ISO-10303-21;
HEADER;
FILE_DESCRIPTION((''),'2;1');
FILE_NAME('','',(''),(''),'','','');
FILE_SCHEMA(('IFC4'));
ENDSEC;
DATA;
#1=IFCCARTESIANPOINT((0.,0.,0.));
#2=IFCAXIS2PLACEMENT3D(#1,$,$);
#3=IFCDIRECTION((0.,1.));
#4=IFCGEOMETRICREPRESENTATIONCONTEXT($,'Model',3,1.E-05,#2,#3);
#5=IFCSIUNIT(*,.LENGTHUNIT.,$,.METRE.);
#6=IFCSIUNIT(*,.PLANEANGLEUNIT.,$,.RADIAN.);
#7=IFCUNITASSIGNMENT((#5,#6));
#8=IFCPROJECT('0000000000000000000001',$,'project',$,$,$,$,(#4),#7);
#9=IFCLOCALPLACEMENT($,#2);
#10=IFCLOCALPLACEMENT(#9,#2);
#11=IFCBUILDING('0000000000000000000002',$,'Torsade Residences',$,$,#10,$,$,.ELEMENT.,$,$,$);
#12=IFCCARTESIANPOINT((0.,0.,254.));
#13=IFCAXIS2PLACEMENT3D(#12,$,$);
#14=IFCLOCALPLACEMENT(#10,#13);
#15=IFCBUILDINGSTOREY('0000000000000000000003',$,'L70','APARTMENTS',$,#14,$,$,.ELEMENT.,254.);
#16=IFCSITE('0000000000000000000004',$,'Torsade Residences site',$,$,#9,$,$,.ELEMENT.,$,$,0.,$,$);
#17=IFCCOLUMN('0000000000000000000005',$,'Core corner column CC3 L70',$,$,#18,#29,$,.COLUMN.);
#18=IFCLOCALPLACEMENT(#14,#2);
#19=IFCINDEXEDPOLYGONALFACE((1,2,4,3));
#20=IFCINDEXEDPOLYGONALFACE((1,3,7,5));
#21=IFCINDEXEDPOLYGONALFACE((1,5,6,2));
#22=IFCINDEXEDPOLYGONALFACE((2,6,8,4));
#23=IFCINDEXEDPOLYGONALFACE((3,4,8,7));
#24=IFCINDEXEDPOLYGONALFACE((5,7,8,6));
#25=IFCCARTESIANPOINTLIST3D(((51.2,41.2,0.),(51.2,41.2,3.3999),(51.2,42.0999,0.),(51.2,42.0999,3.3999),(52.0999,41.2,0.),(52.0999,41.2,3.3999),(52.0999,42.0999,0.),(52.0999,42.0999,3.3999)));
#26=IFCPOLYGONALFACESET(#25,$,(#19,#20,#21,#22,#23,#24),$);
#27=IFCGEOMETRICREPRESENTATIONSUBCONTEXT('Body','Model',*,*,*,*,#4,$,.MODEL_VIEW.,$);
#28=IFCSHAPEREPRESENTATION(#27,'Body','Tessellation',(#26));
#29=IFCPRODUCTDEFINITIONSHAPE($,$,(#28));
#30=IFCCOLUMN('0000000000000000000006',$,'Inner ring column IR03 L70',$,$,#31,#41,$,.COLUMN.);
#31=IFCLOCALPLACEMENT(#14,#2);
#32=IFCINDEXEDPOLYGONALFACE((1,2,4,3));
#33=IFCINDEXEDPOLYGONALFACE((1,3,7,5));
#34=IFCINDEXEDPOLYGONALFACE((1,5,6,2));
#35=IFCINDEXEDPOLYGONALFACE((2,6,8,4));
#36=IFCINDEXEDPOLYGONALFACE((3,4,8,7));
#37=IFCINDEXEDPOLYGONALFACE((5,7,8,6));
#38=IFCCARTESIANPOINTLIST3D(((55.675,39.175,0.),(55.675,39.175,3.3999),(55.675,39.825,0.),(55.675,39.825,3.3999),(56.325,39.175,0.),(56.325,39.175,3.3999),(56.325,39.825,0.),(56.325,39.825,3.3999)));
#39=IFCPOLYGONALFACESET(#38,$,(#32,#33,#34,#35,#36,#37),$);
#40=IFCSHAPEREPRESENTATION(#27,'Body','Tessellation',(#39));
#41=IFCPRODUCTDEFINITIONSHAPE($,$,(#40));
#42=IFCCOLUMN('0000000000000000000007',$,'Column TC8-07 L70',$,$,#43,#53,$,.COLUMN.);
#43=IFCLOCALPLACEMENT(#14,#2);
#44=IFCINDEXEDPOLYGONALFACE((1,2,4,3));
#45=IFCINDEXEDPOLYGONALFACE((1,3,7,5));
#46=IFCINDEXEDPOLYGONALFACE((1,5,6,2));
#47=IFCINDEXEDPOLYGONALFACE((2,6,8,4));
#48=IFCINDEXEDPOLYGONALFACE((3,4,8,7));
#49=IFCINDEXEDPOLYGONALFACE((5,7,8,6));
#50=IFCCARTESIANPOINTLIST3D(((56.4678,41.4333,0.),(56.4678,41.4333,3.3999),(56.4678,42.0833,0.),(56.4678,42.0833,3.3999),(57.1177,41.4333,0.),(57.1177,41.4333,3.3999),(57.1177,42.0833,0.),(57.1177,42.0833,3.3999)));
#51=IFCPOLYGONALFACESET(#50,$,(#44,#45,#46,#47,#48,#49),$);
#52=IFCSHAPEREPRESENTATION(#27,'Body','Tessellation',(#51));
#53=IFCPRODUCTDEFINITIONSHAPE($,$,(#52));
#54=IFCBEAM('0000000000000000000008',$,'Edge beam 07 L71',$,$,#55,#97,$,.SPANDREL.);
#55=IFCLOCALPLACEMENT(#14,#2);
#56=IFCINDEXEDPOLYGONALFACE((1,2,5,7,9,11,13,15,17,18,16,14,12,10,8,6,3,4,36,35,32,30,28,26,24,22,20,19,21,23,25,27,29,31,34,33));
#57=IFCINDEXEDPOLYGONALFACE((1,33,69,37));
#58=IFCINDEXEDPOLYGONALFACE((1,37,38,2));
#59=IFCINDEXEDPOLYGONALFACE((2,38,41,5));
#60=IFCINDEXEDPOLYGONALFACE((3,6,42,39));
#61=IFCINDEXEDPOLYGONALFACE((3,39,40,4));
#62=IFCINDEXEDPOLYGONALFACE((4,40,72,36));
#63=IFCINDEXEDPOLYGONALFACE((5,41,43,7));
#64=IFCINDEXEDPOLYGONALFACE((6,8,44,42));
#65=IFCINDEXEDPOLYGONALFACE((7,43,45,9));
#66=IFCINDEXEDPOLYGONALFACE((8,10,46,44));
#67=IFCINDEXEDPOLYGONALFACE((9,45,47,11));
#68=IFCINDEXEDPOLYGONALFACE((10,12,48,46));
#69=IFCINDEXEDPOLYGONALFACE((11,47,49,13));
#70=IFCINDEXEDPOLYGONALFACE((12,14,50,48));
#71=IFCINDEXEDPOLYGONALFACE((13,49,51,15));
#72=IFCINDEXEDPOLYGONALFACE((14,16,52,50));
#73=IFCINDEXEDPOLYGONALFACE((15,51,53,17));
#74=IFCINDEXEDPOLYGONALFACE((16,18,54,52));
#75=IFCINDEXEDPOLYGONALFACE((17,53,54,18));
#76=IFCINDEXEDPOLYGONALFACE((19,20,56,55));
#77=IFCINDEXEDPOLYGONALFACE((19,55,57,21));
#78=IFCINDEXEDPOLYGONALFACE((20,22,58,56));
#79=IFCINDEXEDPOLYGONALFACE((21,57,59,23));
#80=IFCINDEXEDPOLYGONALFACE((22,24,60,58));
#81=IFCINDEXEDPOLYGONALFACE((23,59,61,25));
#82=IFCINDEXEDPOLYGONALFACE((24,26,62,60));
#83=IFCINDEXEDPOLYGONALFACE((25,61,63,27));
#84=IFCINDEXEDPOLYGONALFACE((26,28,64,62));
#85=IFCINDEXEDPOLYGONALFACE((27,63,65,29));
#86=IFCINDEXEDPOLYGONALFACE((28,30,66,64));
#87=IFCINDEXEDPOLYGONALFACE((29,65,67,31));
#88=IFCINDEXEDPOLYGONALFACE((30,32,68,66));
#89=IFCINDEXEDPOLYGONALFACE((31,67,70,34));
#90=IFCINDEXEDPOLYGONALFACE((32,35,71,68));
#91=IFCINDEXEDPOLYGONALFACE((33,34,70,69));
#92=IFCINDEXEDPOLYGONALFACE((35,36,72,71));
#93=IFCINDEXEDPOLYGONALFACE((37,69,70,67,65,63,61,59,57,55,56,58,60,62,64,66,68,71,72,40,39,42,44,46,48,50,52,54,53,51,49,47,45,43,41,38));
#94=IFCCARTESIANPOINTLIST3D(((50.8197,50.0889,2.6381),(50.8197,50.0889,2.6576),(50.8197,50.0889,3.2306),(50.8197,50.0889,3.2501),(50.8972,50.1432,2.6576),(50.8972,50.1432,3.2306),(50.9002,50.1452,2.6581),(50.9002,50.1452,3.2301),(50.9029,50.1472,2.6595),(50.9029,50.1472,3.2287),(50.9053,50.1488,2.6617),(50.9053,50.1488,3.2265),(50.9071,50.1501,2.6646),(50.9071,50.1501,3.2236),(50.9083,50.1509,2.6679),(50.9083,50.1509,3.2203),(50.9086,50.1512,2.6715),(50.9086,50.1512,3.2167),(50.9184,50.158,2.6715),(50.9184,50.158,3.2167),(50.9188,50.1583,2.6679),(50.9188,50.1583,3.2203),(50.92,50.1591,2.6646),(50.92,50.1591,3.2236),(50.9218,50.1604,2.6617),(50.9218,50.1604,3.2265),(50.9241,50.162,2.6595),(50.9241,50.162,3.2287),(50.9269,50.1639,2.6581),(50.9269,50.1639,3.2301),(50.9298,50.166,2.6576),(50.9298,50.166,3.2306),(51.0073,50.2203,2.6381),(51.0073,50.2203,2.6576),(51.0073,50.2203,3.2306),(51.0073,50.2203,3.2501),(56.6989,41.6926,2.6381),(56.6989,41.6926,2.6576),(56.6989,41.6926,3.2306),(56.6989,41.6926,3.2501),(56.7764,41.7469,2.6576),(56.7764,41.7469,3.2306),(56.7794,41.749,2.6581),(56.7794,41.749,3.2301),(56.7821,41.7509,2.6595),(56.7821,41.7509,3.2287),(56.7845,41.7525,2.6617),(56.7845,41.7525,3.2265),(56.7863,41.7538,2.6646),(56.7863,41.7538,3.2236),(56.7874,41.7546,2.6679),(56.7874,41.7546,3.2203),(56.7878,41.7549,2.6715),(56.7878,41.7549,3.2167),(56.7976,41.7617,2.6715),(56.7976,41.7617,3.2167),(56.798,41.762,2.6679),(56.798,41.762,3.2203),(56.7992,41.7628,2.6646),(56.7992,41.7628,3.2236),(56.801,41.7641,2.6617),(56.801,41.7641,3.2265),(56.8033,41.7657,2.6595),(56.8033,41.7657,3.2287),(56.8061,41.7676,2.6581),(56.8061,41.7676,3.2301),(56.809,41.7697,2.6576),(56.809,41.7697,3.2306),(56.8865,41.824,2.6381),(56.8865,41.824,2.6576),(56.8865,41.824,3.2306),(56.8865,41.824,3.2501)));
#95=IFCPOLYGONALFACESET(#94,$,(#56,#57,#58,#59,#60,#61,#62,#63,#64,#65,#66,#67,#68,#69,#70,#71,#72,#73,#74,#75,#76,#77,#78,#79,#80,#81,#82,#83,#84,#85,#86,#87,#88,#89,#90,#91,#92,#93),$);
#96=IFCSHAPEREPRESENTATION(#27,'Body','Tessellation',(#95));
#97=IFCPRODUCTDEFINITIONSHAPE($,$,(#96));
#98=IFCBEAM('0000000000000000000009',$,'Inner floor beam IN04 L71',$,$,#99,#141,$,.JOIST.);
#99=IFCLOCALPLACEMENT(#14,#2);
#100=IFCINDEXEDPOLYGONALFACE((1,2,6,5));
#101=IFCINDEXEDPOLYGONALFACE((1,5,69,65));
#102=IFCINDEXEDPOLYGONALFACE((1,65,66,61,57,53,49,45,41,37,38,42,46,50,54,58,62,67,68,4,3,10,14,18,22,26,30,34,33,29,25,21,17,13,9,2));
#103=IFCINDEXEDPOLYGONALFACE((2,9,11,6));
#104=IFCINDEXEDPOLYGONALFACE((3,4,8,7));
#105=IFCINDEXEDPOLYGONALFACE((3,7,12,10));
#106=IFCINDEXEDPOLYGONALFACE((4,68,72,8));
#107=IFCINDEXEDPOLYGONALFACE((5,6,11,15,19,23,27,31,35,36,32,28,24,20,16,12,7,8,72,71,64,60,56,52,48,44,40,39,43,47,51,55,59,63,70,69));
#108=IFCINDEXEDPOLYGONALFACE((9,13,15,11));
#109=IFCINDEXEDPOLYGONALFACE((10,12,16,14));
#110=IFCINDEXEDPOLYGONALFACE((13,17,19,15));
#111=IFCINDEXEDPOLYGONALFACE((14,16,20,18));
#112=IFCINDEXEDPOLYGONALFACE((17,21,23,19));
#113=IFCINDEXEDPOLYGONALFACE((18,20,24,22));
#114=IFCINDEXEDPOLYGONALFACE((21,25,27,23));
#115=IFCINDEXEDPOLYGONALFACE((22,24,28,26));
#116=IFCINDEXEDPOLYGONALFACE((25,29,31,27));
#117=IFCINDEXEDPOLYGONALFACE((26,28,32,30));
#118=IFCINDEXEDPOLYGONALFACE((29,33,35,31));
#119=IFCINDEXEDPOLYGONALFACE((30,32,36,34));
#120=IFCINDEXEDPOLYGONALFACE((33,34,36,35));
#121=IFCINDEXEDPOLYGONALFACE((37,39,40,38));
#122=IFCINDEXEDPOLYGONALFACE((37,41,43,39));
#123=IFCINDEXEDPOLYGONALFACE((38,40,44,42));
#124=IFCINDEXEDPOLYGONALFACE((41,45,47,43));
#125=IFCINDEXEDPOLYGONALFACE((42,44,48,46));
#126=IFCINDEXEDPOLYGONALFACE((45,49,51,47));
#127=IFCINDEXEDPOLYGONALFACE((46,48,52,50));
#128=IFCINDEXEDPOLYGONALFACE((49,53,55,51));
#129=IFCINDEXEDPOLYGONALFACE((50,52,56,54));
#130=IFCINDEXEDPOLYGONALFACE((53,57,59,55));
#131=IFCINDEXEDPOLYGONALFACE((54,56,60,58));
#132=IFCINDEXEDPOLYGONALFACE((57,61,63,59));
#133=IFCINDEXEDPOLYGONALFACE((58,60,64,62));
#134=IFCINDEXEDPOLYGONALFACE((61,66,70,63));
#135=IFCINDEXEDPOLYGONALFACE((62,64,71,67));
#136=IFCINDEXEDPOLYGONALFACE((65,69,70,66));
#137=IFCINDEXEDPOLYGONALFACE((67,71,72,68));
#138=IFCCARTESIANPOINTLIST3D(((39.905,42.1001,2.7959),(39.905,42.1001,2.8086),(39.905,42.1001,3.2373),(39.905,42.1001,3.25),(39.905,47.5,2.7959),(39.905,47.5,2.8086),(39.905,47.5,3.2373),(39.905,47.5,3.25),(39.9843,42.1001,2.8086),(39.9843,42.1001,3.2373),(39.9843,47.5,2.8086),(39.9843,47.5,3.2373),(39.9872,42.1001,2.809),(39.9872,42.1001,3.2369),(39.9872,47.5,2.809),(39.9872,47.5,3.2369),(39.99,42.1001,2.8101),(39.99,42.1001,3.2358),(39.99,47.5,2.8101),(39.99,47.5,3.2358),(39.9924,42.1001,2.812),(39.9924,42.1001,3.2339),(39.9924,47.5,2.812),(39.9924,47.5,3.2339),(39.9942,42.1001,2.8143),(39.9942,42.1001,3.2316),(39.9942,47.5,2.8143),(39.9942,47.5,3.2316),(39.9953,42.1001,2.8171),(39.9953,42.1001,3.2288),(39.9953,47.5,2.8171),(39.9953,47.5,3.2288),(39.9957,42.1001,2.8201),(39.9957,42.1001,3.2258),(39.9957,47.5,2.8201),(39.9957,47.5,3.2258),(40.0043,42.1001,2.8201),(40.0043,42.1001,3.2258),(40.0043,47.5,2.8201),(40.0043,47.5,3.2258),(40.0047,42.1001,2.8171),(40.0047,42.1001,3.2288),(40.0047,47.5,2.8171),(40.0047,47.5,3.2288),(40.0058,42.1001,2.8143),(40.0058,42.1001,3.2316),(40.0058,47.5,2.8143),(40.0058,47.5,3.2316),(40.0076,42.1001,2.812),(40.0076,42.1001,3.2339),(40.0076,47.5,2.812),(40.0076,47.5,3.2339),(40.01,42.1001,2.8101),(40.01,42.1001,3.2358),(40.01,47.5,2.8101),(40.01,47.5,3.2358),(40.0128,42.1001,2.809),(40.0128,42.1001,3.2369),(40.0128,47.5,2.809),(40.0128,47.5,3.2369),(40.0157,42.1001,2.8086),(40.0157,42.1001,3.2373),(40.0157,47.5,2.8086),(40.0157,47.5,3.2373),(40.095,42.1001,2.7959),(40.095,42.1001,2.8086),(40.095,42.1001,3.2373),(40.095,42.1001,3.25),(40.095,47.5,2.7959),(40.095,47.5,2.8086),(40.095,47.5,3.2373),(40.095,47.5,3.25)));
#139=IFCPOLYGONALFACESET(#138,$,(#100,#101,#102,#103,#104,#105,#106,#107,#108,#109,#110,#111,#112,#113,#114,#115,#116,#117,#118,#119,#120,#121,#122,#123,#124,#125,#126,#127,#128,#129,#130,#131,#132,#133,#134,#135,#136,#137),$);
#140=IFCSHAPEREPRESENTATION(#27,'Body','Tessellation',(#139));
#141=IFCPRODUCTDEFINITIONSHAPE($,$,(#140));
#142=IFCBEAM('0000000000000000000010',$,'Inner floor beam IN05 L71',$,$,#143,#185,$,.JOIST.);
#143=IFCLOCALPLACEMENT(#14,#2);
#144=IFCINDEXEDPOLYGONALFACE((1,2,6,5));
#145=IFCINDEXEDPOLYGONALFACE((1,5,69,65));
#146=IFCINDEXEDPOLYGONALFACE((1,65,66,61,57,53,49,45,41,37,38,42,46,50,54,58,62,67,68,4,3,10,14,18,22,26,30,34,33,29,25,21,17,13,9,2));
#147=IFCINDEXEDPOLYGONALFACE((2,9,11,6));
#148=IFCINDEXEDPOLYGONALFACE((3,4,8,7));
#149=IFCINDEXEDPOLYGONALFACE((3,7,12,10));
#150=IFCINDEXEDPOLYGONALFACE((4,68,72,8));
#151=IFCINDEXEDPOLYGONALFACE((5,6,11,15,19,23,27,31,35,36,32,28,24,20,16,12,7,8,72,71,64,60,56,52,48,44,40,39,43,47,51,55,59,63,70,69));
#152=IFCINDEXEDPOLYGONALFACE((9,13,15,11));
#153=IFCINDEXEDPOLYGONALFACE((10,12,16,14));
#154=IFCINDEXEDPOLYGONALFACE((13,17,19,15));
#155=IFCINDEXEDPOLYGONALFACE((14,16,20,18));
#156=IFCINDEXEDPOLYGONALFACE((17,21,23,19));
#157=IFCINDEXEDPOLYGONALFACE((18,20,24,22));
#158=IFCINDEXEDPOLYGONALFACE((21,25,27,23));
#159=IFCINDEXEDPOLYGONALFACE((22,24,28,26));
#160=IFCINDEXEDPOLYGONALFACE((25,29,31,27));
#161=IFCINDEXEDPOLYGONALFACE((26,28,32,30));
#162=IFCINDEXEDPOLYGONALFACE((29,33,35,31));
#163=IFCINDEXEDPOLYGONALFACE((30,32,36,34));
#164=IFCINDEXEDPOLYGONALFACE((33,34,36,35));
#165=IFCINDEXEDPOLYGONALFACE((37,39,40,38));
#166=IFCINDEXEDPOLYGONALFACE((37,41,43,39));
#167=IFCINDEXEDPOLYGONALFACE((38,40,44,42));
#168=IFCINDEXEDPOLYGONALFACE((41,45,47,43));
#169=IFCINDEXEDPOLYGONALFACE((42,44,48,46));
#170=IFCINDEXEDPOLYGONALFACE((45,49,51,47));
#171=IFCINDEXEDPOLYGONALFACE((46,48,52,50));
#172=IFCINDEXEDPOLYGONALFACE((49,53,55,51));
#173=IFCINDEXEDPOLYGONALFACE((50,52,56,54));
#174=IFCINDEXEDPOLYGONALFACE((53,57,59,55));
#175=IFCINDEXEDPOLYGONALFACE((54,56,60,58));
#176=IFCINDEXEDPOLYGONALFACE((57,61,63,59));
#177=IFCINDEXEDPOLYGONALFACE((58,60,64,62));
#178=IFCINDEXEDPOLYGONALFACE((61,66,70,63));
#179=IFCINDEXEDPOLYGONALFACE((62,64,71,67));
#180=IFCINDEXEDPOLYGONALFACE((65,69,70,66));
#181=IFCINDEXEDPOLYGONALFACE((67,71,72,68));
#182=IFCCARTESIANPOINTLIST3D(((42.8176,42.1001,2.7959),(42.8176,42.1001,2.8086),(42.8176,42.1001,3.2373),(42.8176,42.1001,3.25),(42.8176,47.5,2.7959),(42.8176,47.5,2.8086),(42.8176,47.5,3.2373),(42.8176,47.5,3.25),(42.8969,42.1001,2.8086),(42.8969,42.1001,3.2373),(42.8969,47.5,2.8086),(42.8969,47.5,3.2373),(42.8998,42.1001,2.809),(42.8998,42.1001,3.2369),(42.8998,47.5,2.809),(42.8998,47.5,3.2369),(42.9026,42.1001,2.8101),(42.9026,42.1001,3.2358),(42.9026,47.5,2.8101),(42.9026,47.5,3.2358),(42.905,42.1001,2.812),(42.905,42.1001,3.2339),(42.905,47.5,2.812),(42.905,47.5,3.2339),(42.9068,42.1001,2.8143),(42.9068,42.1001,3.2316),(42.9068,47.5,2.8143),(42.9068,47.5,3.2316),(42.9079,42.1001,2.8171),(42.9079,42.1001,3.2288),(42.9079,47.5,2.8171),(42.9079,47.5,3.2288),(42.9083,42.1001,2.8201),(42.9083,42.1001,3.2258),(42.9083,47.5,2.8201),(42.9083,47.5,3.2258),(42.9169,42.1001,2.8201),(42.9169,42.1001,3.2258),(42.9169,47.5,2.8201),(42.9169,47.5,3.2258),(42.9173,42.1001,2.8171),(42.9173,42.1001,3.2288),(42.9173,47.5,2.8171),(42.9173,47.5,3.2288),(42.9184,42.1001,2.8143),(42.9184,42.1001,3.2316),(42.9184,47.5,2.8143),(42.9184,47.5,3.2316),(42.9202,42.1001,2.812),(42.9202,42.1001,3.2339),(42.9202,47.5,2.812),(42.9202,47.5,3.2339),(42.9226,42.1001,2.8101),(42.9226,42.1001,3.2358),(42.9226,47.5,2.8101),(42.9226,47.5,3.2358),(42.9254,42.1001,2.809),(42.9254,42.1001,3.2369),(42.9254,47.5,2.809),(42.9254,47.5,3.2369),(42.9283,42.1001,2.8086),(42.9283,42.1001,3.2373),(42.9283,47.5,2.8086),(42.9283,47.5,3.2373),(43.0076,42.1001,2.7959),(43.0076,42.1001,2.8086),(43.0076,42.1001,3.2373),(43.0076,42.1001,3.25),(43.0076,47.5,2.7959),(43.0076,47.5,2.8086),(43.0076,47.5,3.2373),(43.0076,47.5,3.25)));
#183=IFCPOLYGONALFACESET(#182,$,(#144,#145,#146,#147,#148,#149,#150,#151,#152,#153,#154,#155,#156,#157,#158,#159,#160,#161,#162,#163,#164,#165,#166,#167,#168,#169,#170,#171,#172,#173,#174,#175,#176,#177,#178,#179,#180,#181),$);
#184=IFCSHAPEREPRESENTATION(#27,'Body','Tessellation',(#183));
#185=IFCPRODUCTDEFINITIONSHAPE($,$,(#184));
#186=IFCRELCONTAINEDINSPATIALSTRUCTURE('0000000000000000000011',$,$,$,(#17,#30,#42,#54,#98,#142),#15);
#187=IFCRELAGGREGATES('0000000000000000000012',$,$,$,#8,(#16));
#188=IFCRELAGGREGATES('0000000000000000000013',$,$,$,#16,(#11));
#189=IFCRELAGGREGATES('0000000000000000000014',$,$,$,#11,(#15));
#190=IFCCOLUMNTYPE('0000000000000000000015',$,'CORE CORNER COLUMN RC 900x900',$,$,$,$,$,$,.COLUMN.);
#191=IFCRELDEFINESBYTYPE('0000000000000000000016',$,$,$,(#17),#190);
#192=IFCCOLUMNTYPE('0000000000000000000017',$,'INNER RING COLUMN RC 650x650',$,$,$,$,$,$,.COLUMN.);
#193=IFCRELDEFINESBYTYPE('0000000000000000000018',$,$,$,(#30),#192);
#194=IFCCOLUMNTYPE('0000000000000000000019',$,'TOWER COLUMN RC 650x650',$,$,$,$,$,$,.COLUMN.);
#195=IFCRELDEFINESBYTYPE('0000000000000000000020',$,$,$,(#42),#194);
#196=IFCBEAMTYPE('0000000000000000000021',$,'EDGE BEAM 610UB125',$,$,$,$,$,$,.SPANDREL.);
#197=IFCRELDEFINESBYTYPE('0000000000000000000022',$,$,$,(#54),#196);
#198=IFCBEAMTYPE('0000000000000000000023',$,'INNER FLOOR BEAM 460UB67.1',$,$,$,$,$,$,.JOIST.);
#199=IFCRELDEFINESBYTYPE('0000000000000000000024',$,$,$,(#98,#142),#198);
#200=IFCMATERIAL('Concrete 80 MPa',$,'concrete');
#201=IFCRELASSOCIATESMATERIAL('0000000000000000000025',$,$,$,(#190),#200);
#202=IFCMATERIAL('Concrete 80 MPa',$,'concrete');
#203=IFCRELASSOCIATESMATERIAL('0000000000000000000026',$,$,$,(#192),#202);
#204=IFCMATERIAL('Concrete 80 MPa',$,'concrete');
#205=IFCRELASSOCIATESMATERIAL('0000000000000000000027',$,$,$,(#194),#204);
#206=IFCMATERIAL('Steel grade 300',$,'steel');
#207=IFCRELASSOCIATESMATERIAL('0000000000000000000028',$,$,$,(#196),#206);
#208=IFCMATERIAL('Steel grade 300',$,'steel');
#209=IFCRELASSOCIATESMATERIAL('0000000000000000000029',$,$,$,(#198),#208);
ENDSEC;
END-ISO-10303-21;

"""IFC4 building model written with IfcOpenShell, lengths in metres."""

from ifc_helpers import new_model, si_unit, direction, frame, origin, origin_2d, place, context, subcontext, project, spatial, rectangle, i_section, extrude, material, material_profile, profile_set, type_object, element, save


model = new_model("IFC4")

# Units and contexts
model_context = context("Model", 3, precision=1e-05, world=origin(), true_north=direction((0.0, 1.0)))
body_context = subcontext(model_context, "Body", "Model", "MODEL_VIEW")
ifc_project = project(units=[si_unit("LENGTHUNIT", "METRE"), si_unit("PLANEANGLEUNIT", "RADIAN")], contexts=[model_context])

# Site, building, storey
site_placement = place(None, origin())
site = spatial("IfcSite", under=ifc_project, at=site_placement, Name="Torsade Residences site", CompositionType="ELEMENT", RefElevation=0.0)
building_placement = place(site_placement, origin())
building = spatial("IfcBuilding", under=site, at=building_placement, Name="Torsade Residences", CompositionType="ELEMENT")
storey_placement = place(building_placement, frame((0.0, 0.0, 254.0)))
storey = spatial("IfcBuildingStorey", under=building, at=storey_placement, Name="L70", Description="APARTMENTS", CompositionType="ELEMENT", Elevation=254.0)

# Columns
ifc_material_1 = material(Name="Concrete 80 MPa", Category="concrete")
ifc_material_profile_1 = material_profile(ifc_material_1, rectangle(XDim=0.8999, YDim=0.8999, at=origin_2d()), Name="RC 900x900")
ifc_profile_set_1 = profile_set([ifc_material_profile_1], Name="Concrete 80 MPa")
column_type_1 = type_object("IfcColumnType", Name="CORE CORNER COLUMN RC 900x900", PredefinedType="COLUMN", material=ifc_profile_set_1)
column_1_placement = place(storey_placement, frame((51.6499, 41.6499, 0.0), z_axis=(0.0, 0.0, 1.0), x_axis=(1.0, 0.0, 0.0)))
element("IfcColumn", 1, at=column_1_placement, inside=storey, type_object=column_type_1, Name="Core corner column CC3 L70", PredefinedType="COLUMN", context=body_context, shape_type="SweptSolid", body=[
    extrude(rectangle(XDim=0.8999, YDim=0.8999, at=origin_2d()), origin(), (0.0, 0.0, 1.0), 3.3999),
])
ifc_material_2 = material(Name="Concrete 80 MPa", Category="concrete")
ifc_material_profile_2 = material_profile(ifc_material_2, rectangle(XDim=0.6499, YDim=0.6499, at=origin_2d()), Name="RC 650x650")
ifc_profile_set_2 = profile_set([ifc_material_profile_2], Name="Concrete 80 MPa")
column_type_2 = type_object("IfcColumnType", Name="INNER RING COLUMN RC 650x650", PredefinedType="COLUMN", material=ifc_profile_set_2)
column_2_placement = place(storey_placement, frame((56.0, 39.5, 0.0), z_axis=(0.0, 0.0, 1.0), x_axis=(1.0, 0.0, 0.0)))
element("IfcColumn", 2, at=column_2_placement, inside=storey, type_object=column_type_2, Name="Inner ring column IR03 L70", PredefinedType="COLUMN", context=body_context, shape_type="SweptSolid", body=[
    extrude(rectangle(XDim=0.6499, YDim=0.6499, at=origin_2d()), origin(), (0.0, 0.0, 1.0), 3.3999),
])
ifc_material_3 = material(Name="Concrete 80 MPa", Category="concrete")
ifc_material_profile_3 = material_profile(ifc_material_3, rectangle(XDim=0.6499, YDim=0.6499, at=origin_2d()), Name="RC 650x650")
ifc_profile_set_3 = profile_set([ifc_material_profile_3], Name="Concrete 80 MPa")
column_type_3 = type_object("IfcColumnType", Name="TOWER COLUMN RC 650x650", PredefinedType="COLUMN", material=ifc_profile_set_3)
column_3_placement = place(storey_placement, frame((56.7927, 41.7583, 0.0), z_axis=(0.0, 0.0, 1.0), x_axis=(1.0, 0.0, 0.0)))
element("IfcColumn", 3, at=column_3_placement, inside=storey, type_object=column_type_3, Name="Column TC8-07 L70", PredefinedType="COLUMN", context=body_context, shape_type="SweptSolid", body=[
    extrude(rectangle(XDim=0.6499, YDim=0.6499, at=origin_2d()), origin(), (0.0, 0.0, 1.0), 3.3999),
])

# Beams
ifc_material_4 = material(Name="Steel grade 300", Category="steel")
ifc_material_profile_4 = material_profile(ifc_material_4, i_section(OverallWidth=0.229, OverallDepth=0.6121, WebThickness=0.012, FlangeThickness=0.0195, FilletRadius=0.0139, at=origin_2d()), Name="610UB125")
ifc_profile_set_4 = profile_set([ifc_material_profile_4], Name="Steel grade 300")
beam_type_1 = type_object("IfcBeamType", Name="EDGE BEAM 610UB125", PredefinedType="SPANDREL", material=ifc_profile_set_4)
beam_1_placement = place(storey_placement, frame((56.7927, 41.7583, 2.9441), z_axis=(-0.573579, 0.81915, 0.0), x_axis=(-0.81915, -0.573579, 0.0)))
element("IfcBeam", 4, at=beam_1_placement, inside=storey, type_object=beam_type_1, Name="Edge beam 07 L71", PredefinedType="SPANDREL", context=body_context, shape_type="SweptSolid", body=[
    extrude(i_section(OverallWidth=0.229, OverallDepth=0.6121, WebThickness=0.012, FlangeThickness=0.0195, FilletRadius=0.0139, at=origin_2d()), origin(), (0.0, 0.0, 1.0), 10.25),
])
ifc_material_5 = material(Name="Steel grade 300", Category="steel")
ifc_material_profile_5 = material_profile(ifc_material_5, i_section(OverallWidth=0.1899, OverallDepth=0.4541, WebThickness=0.0085, FlangeThickness=0.0127, FilletRadius=0.0115, at=origin_2d()), Name="460UB67.1")
ifc_profile_set_5 = profile_set([ifc_material_profile_5], Name="Steel grade 300")
beam_type_2 = type_object("IfcBeamType", Name="INNER FLOOR BEAM 460UB67.1", PredefinedType="JOIST", material=ifc_profile_set_5)
for number, where, z_axis, x_axis, name in (
    (5, (40.0, 42.1001, 3.0229), (0.0, 1.0, 0.0), (-1.0, 0.0, 0.0), "Inner floor beam IN04 L71"),
    (6, (42.9126, 42.1001, 3.0229), (0.0, 1.0, 0.0), (-1.0, 0.0, 0.0), "Inner floor beam IN05 L71"),
):
    element("IfcBeam", number, at=place(storey_placement, frame(where, z_axis=z_axis, x_axis=x_axis)), inside=storey, type_object=beam_type_2, Name=name, PredefinedType="JOIST", context=body_context, shape_type="SweptSolid", body=[
        extrude(i_section(OverallWidth=0.1899, OverallDepth=0.4541, WebThickness=0.0085, FlangeThickness=0.0127, FilletRadius=0.0115, at=origin_2d()), origin(), (0.0, 0.0, 1.0), 5.3999),
    ])

save(model, "model.ifc")
